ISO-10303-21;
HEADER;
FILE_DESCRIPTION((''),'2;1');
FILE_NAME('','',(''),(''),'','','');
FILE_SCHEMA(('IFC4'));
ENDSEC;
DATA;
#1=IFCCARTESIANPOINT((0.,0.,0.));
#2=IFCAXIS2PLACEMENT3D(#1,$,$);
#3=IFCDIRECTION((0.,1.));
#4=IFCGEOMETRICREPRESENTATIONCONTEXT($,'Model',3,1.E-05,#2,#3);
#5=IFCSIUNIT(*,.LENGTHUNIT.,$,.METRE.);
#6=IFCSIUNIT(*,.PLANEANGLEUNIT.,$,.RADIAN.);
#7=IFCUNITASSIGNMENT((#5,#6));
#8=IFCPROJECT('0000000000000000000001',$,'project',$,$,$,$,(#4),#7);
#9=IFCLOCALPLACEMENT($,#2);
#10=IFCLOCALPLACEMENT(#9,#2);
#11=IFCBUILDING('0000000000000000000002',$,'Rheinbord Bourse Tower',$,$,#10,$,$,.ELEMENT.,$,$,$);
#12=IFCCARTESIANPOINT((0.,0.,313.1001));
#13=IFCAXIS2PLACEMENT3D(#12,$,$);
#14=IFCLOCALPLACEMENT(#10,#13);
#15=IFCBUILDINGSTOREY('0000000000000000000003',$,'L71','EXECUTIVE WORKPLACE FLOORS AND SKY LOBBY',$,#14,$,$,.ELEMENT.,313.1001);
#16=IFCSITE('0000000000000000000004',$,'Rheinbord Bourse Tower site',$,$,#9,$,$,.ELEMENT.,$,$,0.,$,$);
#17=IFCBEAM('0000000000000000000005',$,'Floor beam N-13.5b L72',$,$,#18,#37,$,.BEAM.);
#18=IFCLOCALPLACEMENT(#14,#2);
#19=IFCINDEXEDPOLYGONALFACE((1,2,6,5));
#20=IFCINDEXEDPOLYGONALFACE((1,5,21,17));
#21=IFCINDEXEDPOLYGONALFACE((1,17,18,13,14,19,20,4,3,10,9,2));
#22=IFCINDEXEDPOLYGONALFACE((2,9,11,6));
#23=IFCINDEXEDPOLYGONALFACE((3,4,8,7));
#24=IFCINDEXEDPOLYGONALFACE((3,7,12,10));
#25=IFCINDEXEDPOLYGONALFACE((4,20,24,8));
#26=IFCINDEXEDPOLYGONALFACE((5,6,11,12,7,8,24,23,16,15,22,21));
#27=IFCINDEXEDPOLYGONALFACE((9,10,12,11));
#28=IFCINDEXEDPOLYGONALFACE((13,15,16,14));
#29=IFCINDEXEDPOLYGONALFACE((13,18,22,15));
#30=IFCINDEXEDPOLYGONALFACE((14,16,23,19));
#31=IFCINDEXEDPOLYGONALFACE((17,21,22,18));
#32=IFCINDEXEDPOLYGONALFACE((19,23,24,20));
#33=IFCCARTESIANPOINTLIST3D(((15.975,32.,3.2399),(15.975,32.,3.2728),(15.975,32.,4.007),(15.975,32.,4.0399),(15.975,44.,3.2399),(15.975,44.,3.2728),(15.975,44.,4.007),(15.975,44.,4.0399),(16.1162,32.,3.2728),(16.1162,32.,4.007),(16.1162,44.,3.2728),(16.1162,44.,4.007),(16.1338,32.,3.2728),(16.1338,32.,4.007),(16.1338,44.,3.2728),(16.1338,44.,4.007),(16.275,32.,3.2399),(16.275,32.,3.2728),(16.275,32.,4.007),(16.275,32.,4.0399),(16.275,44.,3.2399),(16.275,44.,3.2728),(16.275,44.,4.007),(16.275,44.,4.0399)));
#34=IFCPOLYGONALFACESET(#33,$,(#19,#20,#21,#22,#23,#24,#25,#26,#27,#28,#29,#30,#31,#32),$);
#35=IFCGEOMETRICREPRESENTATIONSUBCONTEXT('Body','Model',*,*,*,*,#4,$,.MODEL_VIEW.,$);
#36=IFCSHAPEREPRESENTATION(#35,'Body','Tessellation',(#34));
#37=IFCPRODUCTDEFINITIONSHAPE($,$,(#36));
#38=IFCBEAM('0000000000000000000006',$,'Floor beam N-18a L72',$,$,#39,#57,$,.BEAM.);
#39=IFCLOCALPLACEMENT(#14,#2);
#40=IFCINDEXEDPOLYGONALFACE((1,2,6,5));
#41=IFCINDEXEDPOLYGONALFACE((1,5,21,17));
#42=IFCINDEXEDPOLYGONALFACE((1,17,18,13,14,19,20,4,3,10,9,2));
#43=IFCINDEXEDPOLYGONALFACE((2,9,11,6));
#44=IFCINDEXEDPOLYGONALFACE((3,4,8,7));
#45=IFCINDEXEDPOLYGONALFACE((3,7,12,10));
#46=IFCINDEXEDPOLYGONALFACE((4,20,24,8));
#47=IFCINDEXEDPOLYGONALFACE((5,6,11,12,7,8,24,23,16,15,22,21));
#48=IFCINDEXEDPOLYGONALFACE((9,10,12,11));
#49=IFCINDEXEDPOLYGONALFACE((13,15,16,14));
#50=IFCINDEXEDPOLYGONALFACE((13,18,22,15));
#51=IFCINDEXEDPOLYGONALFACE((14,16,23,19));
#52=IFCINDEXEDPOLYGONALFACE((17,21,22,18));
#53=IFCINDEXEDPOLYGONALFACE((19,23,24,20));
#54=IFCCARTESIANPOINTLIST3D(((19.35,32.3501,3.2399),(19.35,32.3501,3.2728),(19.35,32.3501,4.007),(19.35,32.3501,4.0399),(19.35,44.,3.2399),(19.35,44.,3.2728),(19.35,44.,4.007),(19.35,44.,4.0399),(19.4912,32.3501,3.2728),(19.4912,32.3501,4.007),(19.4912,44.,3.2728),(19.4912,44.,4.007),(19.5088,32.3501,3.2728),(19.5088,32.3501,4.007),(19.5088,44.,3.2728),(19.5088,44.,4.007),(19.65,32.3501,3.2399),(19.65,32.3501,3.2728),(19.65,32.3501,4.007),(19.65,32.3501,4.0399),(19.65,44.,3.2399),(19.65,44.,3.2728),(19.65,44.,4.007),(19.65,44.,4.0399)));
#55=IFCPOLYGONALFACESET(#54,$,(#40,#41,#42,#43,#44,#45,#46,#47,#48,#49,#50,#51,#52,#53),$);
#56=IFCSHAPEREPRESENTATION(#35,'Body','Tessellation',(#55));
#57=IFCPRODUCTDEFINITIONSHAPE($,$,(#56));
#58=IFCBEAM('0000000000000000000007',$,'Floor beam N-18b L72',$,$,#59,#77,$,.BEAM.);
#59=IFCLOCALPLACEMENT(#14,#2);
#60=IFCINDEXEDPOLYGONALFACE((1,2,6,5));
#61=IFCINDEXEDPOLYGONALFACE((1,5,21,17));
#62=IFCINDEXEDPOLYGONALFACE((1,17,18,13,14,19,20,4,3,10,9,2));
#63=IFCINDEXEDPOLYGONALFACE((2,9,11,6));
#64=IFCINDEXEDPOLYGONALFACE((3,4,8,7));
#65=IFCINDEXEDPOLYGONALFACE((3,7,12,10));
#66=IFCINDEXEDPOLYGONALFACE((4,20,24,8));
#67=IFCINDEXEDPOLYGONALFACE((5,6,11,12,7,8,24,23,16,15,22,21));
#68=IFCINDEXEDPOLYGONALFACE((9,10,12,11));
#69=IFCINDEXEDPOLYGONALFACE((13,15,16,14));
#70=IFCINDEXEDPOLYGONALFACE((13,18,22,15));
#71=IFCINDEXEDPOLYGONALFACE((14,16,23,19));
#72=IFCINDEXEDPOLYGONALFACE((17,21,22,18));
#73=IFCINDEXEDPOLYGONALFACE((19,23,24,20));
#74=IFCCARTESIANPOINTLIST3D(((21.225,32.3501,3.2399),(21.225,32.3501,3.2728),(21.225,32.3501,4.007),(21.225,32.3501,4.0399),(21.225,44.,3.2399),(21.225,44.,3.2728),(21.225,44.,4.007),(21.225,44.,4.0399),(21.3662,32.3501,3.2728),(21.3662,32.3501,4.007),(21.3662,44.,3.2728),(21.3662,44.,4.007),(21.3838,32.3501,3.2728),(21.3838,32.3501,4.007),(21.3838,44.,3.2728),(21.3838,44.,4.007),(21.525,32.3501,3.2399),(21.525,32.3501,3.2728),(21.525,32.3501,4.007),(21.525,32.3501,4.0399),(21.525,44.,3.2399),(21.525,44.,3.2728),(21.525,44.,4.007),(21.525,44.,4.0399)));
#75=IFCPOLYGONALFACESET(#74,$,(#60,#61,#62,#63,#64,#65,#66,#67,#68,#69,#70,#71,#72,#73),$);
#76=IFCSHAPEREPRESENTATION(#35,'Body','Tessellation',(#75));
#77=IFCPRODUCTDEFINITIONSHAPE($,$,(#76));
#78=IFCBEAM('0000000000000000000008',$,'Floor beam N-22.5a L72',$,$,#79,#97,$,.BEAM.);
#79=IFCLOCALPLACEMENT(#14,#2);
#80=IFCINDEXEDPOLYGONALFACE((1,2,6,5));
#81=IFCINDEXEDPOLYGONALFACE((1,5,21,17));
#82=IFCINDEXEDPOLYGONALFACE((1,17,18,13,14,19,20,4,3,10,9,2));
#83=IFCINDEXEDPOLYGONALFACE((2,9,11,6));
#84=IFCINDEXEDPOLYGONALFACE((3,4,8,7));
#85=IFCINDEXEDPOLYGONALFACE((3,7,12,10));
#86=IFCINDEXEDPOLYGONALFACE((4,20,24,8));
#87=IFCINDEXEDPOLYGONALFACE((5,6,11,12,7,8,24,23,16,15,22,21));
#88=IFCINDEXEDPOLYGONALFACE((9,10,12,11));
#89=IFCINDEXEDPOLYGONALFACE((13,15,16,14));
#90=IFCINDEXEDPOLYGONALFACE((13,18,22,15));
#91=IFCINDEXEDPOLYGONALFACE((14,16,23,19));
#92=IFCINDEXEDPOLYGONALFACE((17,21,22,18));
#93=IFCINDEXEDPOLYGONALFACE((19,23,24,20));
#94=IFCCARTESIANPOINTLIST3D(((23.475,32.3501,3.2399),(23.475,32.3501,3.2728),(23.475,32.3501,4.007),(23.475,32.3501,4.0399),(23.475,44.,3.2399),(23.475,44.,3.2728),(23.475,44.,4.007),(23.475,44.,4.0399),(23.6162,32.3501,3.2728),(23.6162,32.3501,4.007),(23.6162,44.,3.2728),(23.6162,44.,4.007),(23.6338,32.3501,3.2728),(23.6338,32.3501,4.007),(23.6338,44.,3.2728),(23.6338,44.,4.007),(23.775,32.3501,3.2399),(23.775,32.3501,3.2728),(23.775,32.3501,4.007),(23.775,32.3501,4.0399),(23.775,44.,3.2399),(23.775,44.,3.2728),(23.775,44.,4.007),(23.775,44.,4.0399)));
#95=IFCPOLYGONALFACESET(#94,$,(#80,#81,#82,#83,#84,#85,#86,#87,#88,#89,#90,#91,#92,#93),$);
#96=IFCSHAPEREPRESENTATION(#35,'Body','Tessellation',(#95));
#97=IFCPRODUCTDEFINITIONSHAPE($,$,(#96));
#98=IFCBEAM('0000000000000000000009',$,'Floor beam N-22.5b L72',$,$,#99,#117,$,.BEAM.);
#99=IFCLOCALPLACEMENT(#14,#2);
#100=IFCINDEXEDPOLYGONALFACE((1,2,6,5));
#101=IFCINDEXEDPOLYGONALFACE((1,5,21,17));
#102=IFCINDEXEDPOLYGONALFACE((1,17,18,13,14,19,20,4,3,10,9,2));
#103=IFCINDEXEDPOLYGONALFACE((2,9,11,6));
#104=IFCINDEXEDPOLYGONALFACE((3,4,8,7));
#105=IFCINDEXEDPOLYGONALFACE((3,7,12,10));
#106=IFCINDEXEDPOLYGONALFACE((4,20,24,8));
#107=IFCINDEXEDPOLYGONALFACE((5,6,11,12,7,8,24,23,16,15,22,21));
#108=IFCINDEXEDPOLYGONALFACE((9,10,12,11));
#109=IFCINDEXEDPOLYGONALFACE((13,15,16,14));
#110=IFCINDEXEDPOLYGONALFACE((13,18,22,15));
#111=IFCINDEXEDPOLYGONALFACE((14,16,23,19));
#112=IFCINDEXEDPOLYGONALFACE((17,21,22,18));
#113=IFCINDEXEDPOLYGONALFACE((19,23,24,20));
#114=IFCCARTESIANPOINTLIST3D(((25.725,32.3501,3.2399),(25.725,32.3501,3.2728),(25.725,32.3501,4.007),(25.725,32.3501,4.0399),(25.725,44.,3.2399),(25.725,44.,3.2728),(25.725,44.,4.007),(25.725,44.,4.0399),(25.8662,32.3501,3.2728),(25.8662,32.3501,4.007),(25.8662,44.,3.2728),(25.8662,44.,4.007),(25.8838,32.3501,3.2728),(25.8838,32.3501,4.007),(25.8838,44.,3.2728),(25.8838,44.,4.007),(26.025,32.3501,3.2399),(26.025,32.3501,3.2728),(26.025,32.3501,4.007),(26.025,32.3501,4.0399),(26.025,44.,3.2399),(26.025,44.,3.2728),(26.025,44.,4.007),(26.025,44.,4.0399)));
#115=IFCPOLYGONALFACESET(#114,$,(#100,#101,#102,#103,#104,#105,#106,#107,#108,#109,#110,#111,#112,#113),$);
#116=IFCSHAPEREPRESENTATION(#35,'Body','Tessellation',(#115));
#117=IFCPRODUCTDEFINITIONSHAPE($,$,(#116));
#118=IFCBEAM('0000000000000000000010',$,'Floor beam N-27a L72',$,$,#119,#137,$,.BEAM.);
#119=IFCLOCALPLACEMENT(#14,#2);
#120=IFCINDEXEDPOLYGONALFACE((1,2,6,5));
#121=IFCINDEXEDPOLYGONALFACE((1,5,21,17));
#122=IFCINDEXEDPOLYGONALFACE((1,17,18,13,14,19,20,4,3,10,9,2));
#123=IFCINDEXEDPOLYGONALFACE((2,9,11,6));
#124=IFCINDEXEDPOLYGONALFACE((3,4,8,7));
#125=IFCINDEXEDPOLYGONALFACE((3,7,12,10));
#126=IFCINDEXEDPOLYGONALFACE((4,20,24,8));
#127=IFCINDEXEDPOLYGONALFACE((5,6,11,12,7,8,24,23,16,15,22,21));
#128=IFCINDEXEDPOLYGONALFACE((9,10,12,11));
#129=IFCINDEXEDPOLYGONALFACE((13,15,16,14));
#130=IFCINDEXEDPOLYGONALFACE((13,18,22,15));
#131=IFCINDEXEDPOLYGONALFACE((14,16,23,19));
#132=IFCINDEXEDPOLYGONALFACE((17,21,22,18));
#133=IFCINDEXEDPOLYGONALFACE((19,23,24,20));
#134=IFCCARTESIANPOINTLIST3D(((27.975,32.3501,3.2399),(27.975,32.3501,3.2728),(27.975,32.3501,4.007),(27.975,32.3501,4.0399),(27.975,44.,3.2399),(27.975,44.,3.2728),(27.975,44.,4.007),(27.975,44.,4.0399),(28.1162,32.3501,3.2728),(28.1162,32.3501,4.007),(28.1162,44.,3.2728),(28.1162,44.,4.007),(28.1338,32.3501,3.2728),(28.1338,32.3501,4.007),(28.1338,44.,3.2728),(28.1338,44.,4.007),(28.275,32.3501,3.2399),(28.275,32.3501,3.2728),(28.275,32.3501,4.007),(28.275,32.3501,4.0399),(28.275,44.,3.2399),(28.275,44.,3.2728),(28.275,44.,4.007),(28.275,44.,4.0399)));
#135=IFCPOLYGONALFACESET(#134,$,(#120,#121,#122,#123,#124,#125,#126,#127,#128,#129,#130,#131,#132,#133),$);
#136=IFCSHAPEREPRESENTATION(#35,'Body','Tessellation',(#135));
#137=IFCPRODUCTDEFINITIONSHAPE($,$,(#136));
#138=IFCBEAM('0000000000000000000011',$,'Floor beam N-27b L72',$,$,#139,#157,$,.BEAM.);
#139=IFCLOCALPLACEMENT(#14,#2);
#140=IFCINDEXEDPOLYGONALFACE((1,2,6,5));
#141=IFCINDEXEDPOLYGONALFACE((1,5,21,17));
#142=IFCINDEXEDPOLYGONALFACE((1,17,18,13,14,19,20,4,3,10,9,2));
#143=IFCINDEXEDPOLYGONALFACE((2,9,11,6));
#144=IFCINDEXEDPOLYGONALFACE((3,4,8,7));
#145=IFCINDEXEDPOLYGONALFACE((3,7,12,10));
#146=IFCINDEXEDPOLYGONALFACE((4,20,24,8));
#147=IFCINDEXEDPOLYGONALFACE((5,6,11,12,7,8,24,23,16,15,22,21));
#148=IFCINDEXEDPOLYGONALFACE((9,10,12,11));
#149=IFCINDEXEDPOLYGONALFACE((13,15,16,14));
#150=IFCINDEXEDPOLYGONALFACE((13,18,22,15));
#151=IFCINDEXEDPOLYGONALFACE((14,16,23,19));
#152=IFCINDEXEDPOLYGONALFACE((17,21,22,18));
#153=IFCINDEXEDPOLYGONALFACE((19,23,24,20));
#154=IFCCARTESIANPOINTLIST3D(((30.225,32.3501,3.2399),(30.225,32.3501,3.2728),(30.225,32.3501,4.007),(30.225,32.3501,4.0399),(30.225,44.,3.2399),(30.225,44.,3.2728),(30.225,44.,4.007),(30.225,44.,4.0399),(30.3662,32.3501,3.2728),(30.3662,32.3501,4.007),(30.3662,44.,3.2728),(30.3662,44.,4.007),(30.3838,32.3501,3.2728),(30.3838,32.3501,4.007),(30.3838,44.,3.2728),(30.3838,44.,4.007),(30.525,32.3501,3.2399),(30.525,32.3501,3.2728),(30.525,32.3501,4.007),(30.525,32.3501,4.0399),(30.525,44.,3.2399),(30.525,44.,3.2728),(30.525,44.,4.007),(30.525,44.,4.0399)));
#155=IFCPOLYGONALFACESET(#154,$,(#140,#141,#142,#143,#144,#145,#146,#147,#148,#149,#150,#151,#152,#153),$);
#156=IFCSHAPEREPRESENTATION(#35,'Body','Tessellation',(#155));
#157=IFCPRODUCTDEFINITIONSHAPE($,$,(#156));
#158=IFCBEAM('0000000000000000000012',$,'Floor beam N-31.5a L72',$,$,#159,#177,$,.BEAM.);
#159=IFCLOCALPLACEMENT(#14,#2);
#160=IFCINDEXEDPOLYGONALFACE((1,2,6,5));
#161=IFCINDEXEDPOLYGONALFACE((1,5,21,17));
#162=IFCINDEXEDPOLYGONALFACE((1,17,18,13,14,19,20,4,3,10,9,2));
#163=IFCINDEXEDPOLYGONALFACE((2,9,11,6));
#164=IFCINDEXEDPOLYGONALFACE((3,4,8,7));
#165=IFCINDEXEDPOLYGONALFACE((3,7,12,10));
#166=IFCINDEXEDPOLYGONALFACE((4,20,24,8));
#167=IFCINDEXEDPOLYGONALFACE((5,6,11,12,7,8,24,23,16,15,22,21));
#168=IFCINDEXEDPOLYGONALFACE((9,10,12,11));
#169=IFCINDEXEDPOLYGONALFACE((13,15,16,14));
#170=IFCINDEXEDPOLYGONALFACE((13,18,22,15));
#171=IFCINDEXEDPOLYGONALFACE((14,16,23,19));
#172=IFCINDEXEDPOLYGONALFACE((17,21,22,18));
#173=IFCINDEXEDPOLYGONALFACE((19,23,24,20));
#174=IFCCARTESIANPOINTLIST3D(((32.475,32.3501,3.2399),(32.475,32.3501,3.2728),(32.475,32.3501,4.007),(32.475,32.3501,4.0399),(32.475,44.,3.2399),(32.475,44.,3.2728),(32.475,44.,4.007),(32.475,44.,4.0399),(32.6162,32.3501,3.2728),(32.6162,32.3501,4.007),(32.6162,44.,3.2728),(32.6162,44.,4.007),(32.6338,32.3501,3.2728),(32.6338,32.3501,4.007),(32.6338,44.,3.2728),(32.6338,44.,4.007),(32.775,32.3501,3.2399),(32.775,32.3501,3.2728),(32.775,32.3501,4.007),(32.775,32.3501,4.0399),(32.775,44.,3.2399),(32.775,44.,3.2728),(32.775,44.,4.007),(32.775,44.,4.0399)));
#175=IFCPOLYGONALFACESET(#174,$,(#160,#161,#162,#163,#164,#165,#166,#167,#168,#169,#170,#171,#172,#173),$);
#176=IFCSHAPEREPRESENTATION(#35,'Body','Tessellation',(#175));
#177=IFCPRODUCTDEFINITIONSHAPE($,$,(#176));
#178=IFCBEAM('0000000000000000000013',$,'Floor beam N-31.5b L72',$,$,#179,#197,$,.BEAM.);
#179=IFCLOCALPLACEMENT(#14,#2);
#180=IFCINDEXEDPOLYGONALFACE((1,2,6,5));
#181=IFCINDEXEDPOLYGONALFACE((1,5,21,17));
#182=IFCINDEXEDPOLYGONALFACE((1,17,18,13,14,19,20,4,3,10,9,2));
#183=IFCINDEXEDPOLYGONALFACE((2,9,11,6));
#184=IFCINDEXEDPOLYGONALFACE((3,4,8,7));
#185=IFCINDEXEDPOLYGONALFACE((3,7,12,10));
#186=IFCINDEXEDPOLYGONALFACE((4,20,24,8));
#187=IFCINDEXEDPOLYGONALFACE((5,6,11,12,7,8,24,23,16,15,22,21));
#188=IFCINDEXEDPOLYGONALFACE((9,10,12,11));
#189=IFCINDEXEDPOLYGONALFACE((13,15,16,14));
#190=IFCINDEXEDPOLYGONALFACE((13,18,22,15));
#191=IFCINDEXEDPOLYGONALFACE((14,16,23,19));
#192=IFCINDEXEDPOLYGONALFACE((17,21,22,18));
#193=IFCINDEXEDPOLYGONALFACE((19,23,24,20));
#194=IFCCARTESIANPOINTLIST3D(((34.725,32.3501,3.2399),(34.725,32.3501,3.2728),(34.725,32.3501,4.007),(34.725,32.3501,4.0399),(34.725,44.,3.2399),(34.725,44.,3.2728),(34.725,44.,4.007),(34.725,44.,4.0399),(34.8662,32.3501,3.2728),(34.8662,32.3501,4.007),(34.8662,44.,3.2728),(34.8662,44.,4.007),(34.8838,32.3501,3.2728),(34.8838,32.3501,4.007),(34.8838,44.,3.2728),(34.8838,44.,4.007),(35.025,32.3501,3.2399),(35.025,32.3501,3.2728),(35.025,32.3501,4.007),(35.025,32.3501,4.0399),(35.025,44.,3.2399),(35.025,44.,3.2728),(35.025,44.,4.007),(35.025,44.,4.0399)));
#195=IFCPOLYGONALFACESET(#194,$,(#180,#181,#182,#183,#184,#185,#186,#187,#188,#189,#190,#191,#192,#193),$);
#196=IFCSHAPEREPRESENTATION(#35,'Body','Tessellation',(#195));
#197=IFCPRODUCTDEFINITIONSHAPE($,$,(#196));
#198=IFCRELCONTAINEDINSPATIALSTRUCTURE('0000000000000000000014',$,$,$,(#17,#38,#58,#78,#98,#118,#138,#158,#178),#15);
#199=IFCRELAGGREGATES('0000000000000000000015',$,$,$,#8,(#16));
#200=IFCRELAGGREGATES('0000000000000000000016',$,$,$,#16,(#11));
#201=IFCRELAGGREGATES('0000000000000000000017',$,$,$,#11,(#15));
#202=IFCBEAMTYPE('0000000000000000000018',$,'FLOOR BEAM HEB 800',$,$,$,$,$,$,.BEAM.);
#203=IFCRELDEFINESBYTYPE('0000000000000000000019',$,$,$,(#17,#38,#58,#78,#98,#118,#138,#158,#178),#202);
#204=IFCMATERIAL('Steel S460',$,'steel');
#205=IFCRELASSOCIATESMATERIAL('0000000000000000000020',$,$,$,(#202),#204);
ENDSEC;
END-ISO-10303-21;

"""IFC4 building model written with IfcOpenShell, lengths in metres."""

from ifc_helpers import new_model, si_unit, direction, frame, origin, origin_2d, place, context, subcontext, project, spatial, i_section, extrude, material, material_profile, profile_set, type_object, element, save


model = new_model("IFC4")

# Units and contexts
model_context = context("Model", 3, precision=1e-05, world=origin(), true_north=direction((0.0, 1.0)))
body_context = subcontext(model_context, "Body", "Model", "MODEL_VIEW")
ifc_project = project(units=[si_unit("LENGTHUNIT", "METRE"), si_unit("PLANEANGLEUNIT", "RADIAN")], contexts=[model_context])

# Site, building, storey
site_placement = place(None, origin())
site = spatial("IfcSite", under=ifc_project, at=site_placement, Name="Rheinbord Bourse Tower site", CompositionType="ELEMENT", RefElevation=0.0)
building_placement = place(site_placement, origin())
building = spatial("IfcBuilding", under=site, at=building_placement, Name="Rheinbord Bourse Tower", CompositionType="ELEMENT")
storey_placement = place(building_placement, frame((0.0, 0.0, 313.1001)))
storey = spatial("IfcBuildingStorey", under=building, at=storey_placement, Name="L71", Description="EXECUTIVE WORKPLACE FLOORS AND SKY LOBBY", CompositionType="ELEMENT", Elevation=313.1001)

# Beams
ifc_material_1 = material(Name="Steel S460", Category="steel")
ifc_material_profile_1 = material_profile(ifc_material_1, i_section(OverallWidth=0.3, OverallDepth=0.8, WebThickness=0.0176, FlangeThickness=0.033, at=origin_2d()), Name="HEB 800")
ifc_profile_set_1 = profile_set([ifc_material_profile_1], Name="Steel S460")
beam_type_1 = type_object("IfcBeamType", Name="FLOOR BEAM HEB 800", PredefinedType="BEAM", material=ifc_profile_set_1)
beam_placement = place(storey_placement, frame((16.125, 44.0, 3.6399), z_axis=(0.0, -1.0, 0.0), x_axis=(1.0, 0.0, 0.0)))
element("IfcBeam", 1, at=beam_placement, inside=storey, type_object=beam_type_1, Name="Floor beam N-13.5b L72", PredefinedType="BEAM", context=body_context, shape_type="SweptSolid", body=[
    extrude(i_section(OverallWidth=0.3, OverallDepth=0.8, WebThickness=0.0176, FlangeThickness=0.033, at=origin_2d()), origin(), (0.0, 0.0, 1.0), 12.0),
])
for number, where, z_axis, x_axis, name in (
    (2, (19.5, 44.0, 3.6399), (0.0, -1.0, 0.0), (1.0, 0.0, 0.0), "Floor beam N-18a L72"),
    (3, (21.375, 44.0, 3.6399), (0.0, -1.0, 0.0), (1.0, 0.0, 0.0), "Floor beam N-18b L72"),
    (4, (23.625, 44.0, 3.6399), (0.0, -1.0, 0.0), (1.0, 0.0, 0.0), "Floor beam N-22.5a L72"),
    (5, (25.875, 44.0, 3.6399), (0.0, -1.0, 0.0), (1.0, 0.0, 0.0), "Floor beam N-22.5b L72"),
    (6, (28.125, 44.0, 3.6399), (0.0, -1.0, 0.0), (1.0, 0.0, 0.0), "Floor beam N-27a L72"),
    (7, (30.375, 44.0, 3.6399), (0.0, -1.0, 0.0), (1.0, 0.0, 0.0), "Floor beam N-27b L72"),
    (8, (32.625, 44.0, 3.6399), (0.0, -1.0, 0.0), (1.0, 0.0, 0.0), "Floor beam N-31.5a L72"),
    (9, (34.875, 44.0, 3.6399), (0.0, -1.0, 0.0), (1.0, 0.0, 0.0), "Floor beam N-31.5b L72"),
):
    element("IfcBeam", number, at=place(storey_placement, frame(where, z_axis=z_axis, x_axis=x_axis)), inside=storey, type_object=beam_type_1, Name=name, PredefinedType="BEAM", context=body_context, shape_type="SweptSolid", body=[
        extrude(i_section(OverallWidth=0.3, OverallDepth=0.8, WebThickness=0.0176, FlangeThickness=0.033, at=origin_2d()), origin(), (0.0, 0.0, 1.0), 11.6499),
    ])

save(model, "model.ifc")
